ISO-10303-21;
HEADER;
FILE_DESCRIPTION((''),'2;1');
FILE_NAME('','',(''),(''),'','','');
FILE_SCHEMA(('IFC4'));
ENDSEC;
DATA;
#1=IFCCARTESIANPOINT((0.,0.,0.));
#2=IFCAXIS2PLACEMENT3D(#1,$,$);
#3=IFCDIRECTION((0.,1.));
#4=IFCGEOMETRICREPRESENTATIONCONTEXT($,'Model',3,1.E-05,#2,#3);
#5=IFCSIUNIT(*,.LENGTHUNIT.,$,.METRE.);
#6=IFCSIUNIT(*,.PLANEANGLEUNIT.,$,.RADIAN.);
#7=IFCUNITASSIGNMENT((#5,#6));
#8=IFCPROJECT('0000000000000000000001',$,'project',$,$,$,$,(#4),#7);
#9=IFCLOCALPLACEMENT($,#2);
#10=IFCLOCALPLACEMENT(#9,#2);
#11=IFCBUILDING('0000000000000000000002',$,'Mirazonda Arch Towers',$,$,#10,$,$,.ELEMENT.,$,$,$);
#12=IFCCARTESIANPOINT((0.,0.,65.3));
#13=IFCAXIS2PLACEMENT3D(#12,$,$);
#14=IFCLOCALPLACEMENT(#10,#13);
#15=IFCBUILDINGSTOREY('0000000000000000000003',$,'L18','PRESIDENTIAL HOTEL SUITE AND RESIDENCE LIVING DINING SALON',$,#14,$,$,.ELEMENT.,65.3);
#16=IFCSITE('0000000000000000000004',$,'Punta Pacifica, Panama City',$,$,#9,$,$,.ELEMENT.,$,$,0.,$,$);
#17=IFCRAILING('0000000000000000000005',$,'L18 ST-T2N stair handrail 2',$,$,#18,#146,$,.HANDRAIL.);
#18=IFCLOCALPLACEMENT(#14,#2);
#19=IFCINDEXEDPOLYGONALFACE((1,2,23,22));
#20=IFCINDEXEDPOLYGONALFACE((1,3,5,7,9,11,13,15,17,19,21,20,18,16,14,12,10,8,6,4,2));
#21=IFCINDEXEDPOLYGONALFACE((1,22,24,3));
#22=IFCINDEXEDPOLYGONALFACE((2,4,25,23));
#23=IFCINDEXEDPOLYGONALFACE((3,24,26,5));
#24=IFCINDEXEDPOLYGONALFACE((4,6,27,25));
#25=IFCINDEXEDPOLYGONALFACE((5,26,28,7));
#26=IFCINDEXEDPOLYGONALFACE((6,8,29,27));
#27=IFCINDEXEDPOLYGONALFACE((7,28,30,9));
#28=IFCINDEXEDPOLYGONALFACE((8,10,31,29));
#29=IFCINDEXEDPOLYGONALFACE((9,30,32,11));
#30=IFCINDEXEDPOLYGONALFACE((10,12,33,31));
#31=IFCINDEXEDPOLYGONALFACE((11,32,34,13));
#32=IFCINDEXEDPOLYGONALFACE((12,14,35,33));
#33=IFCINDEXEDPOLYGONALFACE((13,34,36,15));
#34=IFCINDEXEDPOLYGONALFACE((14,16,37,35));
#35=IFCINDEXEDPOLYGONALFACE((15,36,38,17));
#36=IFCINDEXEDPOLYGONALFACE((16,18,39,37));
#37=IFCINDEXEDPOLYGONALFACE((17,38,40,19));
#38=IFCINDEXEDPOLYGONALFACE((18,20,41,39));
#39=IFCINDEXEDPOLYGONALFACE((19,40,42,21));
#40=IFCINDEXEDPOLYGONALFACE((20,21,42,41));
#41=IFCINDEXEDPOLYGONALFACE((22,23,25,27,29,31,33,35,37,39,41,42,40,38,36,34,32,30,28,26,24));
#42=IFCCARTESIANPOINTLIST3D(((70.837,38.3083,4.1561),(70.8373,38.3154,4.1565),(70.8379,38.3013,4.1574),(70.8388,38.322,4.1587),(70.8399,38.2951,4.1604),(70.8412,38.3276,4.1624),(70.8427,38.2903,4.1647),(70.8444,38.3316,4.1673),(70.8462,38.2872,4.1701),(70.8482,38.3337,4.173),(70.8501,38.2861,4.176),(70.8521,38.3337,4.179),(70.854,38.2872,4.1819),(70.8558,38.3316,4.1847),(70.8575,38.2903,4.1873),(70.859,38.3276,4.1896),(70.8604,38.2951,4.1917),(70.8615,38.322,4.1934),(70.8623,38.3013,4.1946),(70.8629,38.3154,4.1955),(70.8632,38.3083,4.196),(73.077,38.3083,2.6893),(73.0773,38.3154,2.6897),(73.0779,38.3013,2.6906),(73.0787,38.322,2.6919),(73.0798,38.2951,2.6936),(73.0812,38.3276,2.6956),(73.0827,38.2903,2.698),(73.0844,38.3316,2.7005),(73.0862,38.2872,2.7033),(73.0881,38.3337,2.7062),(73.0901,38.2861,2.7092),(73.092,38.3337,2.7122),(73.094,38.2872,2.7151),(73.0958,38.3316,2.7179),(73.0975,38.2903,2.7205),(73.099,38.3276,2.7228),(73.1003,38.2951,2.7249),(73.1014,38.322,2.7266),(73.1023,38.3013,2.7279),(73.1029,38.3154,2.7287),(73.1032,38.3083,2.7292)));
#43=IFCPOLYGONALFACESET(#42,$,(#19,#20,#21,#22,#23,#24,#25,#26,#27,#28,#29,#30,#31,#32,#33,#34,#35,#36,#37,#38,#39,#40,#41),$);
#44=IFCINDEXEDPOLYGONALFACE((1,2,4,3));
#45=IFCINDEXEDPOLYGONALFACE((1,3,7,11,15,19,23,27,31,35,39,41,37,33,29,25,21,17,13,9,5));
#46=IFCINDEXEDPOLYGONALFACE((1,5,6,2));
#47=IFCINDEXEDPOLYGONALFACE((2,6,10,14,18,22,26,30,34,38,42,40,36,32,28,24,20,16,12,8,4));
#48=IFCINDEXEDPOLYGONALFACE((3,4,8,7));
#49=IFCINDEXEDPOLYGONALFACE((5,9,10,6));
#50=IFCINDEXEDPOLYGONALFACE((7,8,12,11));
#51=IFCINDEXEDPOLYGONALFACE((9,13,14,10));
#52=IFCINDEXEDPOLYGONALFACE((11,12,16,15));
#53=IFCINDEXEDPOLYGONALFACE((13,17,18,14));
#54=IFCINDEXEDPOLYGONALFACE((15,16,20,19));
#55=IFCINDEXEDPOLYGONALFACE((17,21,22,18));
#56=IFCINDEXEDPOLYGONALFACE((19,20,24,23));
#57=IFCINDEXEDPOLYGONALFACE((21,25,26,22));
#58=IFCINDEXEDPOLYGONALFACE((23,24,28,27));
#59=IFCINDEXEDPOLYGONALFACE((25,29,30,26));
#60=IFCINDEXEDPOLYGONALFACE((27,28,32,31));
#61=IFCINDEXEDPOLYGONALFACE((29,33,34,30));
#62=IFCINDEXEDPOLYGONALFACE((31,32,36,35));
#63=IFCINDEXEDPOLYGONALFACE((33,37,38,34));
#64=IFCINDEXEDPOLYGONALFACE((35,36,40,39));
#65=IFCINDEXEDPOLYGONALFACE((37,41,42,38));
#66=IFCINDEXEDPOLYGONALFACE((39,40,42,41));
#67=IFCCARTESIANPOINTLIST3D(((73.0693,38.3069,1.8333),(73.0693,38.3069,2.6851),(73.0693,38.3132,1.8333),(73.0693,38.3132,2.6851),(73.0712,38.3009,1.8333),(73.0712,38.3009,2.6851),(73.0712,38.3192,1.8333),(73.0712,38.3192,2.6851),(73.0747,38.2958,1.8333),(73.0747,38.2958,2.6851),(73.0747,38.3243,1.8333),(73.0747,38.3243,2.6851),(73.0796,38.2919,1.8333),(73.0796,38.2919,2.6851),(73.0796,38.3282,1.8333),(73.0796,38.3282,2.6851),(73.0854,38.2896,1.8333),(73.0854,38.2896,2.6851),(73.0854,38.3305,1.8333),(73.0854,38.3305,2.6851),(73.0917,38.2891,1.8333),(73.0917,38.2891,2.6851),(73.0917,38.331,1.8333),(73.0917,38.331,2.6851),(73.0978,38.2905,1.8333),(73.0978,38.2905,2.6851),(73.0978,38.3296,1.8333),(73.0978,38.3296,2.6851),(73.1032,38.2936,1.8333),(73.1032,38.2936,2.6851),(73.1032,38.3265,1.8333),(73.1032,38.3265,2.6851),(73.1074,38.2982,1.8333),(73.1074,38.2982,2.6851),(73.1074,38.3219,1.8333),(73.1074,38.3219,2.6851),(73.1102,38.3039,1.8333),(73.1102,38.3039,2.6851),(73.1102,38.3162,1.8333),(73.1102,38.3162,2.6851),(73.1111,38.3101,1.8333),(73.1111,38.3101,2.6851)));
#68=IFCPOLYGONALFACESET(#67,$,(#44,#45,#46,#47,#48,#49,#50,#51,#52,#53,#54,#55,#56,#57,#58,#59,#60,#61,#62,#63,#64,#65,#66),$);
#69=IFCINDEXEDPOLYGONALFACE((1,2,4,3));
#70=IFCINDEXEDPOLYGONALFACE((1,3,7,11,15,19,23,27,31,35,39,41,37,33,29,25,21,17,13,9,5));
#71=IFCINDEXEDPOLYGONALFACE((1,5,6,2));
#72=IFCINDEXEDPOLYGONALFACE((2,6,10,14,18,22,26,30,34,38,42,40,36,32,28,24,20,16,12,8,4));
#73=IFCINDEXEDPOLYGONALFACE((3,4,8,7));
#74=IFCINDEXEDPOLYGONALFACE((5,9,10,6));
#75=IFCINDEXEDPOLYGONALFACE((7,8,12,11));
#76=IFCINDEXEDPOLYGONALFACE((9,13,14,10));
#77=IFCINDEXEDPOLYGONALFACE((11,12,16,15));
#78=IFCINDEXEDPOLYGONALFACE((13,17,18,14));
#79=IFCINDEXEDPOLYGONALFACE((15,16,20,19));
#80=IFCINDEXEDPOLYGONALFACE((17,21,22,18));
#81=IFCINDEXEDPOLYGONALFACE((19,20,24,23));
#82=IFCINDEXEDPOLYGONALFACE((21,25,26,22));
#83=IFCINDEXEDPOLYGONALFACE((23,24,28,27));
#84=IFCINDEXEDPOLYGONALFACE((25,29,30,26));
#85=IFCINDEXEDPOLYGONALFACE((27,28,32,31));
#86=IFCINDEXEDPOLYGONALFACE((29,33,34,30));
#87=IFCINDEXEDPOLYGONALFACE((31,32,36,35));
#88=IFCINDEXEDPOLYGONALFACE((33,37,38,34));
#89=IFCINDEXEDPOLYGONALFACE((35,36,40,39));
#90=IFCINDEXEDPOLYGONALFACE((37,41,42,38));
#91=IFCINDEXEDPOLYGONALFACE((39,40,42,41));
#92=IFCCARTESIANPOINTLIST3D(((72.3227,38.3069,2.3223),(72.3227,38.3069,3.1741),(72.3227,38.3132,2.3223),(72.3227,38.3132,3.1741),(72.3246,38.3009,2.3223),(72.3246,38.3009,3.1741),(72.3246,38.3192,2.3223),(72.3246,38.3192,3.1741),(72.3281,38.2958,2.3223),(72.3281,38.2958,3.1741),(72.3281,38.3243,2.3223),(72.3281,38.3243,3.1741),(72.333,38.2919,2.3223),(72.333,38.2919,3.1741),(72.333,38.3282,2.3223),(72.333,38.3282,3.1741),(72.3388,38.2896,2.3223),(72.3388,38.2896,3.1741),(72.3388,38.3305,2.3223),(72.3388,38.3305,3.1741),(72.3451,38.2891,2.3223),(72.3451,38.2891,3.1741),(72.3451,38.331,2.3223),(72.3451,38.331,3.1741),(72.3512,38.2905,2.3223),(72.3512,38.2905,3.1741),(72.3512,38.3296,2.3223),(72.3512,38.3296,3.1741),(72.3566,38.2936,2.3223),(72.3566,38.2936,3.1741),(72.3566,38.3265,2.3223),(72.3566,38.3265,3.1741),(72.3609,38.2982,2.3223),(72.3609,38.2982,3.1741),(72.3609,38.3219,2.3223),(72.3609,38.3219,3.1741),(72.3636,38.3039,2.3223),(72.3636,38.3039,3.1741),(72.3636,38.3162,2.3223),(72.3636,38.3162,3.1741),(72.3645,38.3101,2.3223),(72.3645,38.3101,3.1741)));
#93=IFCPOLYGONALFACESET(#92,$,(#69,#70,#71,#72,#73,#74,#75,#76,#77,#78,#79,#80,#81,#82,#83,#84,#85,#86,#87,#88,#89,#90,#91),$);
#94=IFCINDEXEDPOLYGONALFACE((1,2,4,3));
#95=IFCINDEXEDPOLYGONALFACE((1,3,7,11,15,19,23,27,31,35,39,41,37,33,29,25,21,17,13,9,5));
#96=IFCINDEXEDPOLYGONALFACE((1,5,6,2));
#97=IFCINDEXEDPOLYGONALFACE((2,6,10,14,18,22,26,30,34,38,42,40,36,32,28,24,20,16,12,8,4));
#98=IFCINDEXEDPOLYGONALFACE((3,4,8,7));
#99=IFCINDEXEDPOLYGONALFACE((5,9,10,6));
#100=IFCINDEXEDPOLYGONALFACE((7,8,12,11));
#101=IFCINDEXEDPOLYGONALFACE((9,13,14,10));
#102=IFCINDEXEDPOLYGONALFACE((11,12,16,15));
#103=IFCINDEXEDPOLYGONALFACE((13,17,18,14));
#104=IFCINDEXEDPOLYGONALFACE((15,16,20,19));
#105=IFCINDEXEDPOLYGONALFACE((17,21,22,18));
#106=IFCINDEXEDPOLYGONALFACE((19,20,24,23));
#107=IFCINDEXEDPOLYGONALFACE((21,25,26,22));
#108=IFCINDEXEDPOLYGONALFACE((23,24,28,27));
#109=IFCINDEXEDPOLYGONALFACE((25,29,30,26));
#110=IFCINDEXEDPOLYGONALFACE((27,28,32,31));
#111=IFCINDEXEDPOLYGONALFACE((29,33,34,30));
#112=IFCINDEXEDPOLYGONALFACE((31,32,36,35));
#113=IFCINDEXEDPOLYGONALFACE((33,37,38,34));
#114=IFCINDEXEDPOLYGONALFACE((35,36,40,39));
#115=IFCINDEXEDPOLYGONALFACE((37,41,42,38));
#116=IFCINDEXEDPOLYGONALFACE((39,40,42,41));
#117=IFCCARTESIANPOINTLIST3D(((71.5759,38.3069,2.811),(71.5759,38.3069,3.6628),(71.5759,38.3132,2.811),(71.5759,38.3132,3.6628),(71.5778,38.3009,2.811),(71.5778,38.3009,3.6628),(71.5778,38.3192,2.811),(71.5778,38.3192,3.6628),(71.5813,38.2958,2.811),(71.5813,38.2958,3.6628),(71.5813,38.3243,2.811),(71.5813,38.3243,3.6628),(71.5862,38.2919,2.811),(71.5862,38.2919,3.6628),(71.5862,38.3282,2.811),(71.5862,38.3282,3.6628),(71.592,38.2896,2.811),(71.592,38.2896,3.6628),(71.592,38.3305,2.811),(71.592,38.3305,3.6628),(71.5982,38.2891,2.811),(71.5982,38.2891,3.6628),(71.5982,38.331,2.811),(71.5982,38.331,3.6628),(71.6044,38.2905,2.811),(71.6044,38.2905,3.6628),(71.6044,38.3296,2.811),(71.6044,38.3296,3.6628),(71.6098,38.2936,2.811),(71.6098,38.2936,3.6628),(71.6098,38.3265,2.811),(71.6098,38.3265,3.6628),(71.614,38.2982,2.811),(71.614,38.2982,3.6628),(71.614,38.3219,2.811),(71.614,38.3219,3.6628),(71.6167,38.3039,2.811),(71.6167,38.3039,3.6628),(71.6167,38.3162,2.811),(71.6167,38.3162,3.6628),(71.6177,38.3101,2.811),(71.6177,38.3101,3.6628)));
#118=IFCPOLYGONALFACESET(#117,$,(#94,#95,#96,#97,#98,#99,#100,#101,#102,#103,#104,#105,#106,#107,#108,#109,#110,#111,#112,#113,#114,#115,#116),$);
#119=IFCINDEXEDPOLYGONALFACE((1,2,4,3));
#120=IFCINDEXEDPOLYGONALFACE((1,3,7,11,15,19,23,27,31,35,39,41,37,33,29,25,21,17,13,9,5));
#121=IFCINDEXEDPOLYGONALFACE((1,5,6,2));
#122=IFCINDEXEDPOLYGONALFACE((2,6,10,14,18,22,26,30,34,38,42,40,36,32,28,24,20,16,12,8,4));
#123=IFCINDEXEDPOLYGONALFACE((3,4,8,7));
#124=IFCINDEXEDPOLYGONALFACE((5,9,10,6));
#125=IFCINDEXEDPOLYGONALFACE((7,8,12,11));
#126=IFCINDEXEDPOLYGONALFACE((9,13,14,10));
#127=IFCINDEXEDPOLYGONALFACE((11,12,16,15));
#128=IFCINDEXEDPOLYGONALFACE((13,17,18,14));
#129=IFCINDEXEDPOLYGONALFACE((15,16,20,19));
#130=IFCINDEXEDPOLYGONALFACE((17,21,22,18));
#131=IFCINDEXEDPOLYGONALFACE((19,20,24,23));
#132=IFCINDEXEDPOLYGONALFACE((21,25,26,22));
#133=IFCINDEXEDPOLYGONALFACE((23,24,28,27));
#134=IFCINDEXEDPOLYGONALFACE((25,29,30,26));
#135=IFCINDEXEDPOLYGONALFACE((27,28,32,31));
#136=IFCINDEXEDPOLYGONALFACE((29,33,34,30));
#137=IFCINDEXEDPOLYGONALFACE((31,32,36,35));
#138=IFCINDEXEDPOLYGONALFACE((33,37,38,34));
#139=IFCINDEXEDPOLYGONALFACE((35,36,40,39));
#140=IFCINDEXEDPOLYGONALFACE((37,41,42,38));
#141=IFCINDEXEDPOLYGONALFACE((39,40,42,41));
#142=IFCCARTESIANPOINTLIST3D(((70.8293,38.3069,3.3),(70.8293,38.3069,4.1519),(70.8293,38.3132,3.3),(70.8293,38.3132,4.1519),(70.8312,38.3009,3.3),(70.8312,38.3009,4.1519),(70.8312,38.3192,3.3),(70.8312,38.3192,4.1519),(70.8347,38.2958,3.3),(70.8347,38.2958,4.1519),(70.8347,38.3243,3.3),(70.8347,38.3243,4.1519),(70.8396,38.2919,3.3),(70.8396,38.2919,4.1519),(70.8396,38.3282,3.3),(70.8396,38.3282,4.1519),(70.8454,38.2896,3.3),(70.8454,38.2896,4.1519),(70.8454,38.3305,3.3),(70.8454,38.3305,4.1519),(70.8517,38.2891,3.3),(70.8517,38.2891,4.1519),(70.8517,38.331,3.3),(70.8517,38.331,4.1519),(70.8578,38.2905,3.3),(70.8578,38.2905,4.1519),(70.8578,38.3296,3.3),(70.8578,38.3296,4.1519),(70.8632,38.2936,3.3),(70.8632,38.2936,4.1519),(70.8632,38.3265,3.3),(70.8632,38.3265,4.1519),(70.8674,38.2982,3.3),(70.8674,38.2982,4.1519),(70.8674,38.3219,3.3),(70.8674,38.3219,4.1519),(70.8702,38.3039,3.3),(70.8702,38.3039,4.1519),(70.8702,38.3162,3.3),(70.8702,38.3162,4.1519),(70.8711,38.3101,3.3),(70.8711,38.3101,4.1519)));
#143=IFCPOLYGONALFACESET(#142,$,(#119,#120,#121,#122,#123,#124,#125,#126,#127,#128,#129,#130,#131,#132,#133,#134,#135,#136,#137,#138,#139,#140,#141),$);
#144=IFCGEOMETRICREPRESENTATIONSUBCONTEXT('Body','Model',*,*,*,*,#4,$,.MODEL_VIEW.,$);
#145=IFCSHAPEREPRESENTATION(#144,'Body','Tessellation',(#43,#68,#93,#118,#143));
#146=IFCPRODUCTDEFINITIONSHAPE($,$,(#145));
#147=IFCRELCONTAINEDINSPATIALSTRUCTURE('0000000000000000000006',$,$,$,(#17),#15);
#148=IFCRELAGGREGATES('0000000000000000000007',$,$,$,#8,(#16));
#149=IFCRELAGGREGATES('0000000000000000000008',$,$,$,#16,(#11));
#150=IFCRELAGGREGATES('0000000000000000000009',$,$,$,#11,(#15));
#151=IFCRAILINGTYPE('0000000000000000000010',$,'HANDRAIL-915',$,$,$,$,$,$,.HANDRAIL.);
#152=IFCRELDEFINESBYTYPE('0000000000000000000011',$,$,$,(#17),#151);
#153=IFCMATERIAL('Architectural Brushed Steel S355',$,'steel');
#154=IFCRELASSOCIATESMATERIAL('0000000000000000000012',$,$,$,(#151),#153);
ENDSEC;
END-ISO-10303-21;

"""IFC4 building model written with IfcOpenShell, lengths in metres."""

from ifc_helpers import new_model, si_unit, direction, frame, origin, origin_2d, place, context, subcontext, project, spatial, circle, extrude, material, type_object, element, save


model = new_model("IFC4")

# Units and contexts
model_context = context("Model", 3, precision=1e-05, world=origin(), true_north=direction((0.0, 1.0)))
body_context = subcontext(model_context, "Body", "Model", "MODEL_VIEW")
ifc_project = project(units=[si_unit("LENGTHUNIT", "METRE"), si_unit("PLANEANGLEUNIT", "RADIAN")], contexts=[model_context])

# Site, building, storey
site_placement = place(None, origin())
site = spatial("IfcSite", under=ifc_project, at=site_placement, Name="Punta Pacifica, Panama City", CompositionType="ELEMENT", RefElevation=0.0)
building_placement = place(site_placement, origin())
building = spatial("IfcBuilding", under=site, at=building_placement, Name="Mirazonda Arch Towers", CompositionType="ELEMENT")
storey_placement = place(building_placement, frame((0.0, 0.0, 65.3)))
storey = spatial("IfcBuildingStorey", under=building, at=storey_placement, Name="L18", Description="PRESIDENTIAL HOTEL SUITE AND RESIDENCE LIVING DINING SALON", CompositionType="ELEMENT", Elevation=65.3)

# Railing
ifc_material_1 = material(Name="Architectural Brushed Steel S355", Category="steel")
railing_type_1 = type_object("IfcRailingType", Name="HANDRAIL-915", PredefinedType="HANDRAIL", material=ifc_material_1)
railing_1_placement = place(storey_placement, frame((73.0901, 38.3101, 1.8333)))
element("IfcRailing", 1, at=railing_1_placement, inside=storey, type_object=railing_type_1, Name="L18 ST-T2N stair handrail 2", PredefinedType="HANDRAIL", context=body_context, shape_type="SweptSolid", body=[
    extrude(circle(Radius=0.0239, at=origin_2d()), frame((0.0, 0.0, 0.876), z_axis=(-0.836595, 0.0, 0.547822), x_axis=(0.0, -1.0, 0.0)), (0.0, 0.0, 1.0), 2.6775),
    extrude(circle(Radius=0.021, at=origin_2d()), origin(), (0.0, 0.0, 1.0), 0.8518),
    extrude(circle(Radius=0.021, at=origin_2d()), frame((-0.7466, 0.0, 0.489)), (0.0, 0.0, 1.0), 0.8518),
    extrude(circle(Radius=0.021, at=origin_2d()), frame((-1.4934, 0.0, 0.9778)), (0.0, 0.0, 1.0), 0.8518),
    extrude(circle(Radius=0.021, at=origin_2d()), frame((-2.24, 0.0, 1.4668)), (0.0, 0.0, 1.0), 0.8518),
])

save(model, "model.ifc")
